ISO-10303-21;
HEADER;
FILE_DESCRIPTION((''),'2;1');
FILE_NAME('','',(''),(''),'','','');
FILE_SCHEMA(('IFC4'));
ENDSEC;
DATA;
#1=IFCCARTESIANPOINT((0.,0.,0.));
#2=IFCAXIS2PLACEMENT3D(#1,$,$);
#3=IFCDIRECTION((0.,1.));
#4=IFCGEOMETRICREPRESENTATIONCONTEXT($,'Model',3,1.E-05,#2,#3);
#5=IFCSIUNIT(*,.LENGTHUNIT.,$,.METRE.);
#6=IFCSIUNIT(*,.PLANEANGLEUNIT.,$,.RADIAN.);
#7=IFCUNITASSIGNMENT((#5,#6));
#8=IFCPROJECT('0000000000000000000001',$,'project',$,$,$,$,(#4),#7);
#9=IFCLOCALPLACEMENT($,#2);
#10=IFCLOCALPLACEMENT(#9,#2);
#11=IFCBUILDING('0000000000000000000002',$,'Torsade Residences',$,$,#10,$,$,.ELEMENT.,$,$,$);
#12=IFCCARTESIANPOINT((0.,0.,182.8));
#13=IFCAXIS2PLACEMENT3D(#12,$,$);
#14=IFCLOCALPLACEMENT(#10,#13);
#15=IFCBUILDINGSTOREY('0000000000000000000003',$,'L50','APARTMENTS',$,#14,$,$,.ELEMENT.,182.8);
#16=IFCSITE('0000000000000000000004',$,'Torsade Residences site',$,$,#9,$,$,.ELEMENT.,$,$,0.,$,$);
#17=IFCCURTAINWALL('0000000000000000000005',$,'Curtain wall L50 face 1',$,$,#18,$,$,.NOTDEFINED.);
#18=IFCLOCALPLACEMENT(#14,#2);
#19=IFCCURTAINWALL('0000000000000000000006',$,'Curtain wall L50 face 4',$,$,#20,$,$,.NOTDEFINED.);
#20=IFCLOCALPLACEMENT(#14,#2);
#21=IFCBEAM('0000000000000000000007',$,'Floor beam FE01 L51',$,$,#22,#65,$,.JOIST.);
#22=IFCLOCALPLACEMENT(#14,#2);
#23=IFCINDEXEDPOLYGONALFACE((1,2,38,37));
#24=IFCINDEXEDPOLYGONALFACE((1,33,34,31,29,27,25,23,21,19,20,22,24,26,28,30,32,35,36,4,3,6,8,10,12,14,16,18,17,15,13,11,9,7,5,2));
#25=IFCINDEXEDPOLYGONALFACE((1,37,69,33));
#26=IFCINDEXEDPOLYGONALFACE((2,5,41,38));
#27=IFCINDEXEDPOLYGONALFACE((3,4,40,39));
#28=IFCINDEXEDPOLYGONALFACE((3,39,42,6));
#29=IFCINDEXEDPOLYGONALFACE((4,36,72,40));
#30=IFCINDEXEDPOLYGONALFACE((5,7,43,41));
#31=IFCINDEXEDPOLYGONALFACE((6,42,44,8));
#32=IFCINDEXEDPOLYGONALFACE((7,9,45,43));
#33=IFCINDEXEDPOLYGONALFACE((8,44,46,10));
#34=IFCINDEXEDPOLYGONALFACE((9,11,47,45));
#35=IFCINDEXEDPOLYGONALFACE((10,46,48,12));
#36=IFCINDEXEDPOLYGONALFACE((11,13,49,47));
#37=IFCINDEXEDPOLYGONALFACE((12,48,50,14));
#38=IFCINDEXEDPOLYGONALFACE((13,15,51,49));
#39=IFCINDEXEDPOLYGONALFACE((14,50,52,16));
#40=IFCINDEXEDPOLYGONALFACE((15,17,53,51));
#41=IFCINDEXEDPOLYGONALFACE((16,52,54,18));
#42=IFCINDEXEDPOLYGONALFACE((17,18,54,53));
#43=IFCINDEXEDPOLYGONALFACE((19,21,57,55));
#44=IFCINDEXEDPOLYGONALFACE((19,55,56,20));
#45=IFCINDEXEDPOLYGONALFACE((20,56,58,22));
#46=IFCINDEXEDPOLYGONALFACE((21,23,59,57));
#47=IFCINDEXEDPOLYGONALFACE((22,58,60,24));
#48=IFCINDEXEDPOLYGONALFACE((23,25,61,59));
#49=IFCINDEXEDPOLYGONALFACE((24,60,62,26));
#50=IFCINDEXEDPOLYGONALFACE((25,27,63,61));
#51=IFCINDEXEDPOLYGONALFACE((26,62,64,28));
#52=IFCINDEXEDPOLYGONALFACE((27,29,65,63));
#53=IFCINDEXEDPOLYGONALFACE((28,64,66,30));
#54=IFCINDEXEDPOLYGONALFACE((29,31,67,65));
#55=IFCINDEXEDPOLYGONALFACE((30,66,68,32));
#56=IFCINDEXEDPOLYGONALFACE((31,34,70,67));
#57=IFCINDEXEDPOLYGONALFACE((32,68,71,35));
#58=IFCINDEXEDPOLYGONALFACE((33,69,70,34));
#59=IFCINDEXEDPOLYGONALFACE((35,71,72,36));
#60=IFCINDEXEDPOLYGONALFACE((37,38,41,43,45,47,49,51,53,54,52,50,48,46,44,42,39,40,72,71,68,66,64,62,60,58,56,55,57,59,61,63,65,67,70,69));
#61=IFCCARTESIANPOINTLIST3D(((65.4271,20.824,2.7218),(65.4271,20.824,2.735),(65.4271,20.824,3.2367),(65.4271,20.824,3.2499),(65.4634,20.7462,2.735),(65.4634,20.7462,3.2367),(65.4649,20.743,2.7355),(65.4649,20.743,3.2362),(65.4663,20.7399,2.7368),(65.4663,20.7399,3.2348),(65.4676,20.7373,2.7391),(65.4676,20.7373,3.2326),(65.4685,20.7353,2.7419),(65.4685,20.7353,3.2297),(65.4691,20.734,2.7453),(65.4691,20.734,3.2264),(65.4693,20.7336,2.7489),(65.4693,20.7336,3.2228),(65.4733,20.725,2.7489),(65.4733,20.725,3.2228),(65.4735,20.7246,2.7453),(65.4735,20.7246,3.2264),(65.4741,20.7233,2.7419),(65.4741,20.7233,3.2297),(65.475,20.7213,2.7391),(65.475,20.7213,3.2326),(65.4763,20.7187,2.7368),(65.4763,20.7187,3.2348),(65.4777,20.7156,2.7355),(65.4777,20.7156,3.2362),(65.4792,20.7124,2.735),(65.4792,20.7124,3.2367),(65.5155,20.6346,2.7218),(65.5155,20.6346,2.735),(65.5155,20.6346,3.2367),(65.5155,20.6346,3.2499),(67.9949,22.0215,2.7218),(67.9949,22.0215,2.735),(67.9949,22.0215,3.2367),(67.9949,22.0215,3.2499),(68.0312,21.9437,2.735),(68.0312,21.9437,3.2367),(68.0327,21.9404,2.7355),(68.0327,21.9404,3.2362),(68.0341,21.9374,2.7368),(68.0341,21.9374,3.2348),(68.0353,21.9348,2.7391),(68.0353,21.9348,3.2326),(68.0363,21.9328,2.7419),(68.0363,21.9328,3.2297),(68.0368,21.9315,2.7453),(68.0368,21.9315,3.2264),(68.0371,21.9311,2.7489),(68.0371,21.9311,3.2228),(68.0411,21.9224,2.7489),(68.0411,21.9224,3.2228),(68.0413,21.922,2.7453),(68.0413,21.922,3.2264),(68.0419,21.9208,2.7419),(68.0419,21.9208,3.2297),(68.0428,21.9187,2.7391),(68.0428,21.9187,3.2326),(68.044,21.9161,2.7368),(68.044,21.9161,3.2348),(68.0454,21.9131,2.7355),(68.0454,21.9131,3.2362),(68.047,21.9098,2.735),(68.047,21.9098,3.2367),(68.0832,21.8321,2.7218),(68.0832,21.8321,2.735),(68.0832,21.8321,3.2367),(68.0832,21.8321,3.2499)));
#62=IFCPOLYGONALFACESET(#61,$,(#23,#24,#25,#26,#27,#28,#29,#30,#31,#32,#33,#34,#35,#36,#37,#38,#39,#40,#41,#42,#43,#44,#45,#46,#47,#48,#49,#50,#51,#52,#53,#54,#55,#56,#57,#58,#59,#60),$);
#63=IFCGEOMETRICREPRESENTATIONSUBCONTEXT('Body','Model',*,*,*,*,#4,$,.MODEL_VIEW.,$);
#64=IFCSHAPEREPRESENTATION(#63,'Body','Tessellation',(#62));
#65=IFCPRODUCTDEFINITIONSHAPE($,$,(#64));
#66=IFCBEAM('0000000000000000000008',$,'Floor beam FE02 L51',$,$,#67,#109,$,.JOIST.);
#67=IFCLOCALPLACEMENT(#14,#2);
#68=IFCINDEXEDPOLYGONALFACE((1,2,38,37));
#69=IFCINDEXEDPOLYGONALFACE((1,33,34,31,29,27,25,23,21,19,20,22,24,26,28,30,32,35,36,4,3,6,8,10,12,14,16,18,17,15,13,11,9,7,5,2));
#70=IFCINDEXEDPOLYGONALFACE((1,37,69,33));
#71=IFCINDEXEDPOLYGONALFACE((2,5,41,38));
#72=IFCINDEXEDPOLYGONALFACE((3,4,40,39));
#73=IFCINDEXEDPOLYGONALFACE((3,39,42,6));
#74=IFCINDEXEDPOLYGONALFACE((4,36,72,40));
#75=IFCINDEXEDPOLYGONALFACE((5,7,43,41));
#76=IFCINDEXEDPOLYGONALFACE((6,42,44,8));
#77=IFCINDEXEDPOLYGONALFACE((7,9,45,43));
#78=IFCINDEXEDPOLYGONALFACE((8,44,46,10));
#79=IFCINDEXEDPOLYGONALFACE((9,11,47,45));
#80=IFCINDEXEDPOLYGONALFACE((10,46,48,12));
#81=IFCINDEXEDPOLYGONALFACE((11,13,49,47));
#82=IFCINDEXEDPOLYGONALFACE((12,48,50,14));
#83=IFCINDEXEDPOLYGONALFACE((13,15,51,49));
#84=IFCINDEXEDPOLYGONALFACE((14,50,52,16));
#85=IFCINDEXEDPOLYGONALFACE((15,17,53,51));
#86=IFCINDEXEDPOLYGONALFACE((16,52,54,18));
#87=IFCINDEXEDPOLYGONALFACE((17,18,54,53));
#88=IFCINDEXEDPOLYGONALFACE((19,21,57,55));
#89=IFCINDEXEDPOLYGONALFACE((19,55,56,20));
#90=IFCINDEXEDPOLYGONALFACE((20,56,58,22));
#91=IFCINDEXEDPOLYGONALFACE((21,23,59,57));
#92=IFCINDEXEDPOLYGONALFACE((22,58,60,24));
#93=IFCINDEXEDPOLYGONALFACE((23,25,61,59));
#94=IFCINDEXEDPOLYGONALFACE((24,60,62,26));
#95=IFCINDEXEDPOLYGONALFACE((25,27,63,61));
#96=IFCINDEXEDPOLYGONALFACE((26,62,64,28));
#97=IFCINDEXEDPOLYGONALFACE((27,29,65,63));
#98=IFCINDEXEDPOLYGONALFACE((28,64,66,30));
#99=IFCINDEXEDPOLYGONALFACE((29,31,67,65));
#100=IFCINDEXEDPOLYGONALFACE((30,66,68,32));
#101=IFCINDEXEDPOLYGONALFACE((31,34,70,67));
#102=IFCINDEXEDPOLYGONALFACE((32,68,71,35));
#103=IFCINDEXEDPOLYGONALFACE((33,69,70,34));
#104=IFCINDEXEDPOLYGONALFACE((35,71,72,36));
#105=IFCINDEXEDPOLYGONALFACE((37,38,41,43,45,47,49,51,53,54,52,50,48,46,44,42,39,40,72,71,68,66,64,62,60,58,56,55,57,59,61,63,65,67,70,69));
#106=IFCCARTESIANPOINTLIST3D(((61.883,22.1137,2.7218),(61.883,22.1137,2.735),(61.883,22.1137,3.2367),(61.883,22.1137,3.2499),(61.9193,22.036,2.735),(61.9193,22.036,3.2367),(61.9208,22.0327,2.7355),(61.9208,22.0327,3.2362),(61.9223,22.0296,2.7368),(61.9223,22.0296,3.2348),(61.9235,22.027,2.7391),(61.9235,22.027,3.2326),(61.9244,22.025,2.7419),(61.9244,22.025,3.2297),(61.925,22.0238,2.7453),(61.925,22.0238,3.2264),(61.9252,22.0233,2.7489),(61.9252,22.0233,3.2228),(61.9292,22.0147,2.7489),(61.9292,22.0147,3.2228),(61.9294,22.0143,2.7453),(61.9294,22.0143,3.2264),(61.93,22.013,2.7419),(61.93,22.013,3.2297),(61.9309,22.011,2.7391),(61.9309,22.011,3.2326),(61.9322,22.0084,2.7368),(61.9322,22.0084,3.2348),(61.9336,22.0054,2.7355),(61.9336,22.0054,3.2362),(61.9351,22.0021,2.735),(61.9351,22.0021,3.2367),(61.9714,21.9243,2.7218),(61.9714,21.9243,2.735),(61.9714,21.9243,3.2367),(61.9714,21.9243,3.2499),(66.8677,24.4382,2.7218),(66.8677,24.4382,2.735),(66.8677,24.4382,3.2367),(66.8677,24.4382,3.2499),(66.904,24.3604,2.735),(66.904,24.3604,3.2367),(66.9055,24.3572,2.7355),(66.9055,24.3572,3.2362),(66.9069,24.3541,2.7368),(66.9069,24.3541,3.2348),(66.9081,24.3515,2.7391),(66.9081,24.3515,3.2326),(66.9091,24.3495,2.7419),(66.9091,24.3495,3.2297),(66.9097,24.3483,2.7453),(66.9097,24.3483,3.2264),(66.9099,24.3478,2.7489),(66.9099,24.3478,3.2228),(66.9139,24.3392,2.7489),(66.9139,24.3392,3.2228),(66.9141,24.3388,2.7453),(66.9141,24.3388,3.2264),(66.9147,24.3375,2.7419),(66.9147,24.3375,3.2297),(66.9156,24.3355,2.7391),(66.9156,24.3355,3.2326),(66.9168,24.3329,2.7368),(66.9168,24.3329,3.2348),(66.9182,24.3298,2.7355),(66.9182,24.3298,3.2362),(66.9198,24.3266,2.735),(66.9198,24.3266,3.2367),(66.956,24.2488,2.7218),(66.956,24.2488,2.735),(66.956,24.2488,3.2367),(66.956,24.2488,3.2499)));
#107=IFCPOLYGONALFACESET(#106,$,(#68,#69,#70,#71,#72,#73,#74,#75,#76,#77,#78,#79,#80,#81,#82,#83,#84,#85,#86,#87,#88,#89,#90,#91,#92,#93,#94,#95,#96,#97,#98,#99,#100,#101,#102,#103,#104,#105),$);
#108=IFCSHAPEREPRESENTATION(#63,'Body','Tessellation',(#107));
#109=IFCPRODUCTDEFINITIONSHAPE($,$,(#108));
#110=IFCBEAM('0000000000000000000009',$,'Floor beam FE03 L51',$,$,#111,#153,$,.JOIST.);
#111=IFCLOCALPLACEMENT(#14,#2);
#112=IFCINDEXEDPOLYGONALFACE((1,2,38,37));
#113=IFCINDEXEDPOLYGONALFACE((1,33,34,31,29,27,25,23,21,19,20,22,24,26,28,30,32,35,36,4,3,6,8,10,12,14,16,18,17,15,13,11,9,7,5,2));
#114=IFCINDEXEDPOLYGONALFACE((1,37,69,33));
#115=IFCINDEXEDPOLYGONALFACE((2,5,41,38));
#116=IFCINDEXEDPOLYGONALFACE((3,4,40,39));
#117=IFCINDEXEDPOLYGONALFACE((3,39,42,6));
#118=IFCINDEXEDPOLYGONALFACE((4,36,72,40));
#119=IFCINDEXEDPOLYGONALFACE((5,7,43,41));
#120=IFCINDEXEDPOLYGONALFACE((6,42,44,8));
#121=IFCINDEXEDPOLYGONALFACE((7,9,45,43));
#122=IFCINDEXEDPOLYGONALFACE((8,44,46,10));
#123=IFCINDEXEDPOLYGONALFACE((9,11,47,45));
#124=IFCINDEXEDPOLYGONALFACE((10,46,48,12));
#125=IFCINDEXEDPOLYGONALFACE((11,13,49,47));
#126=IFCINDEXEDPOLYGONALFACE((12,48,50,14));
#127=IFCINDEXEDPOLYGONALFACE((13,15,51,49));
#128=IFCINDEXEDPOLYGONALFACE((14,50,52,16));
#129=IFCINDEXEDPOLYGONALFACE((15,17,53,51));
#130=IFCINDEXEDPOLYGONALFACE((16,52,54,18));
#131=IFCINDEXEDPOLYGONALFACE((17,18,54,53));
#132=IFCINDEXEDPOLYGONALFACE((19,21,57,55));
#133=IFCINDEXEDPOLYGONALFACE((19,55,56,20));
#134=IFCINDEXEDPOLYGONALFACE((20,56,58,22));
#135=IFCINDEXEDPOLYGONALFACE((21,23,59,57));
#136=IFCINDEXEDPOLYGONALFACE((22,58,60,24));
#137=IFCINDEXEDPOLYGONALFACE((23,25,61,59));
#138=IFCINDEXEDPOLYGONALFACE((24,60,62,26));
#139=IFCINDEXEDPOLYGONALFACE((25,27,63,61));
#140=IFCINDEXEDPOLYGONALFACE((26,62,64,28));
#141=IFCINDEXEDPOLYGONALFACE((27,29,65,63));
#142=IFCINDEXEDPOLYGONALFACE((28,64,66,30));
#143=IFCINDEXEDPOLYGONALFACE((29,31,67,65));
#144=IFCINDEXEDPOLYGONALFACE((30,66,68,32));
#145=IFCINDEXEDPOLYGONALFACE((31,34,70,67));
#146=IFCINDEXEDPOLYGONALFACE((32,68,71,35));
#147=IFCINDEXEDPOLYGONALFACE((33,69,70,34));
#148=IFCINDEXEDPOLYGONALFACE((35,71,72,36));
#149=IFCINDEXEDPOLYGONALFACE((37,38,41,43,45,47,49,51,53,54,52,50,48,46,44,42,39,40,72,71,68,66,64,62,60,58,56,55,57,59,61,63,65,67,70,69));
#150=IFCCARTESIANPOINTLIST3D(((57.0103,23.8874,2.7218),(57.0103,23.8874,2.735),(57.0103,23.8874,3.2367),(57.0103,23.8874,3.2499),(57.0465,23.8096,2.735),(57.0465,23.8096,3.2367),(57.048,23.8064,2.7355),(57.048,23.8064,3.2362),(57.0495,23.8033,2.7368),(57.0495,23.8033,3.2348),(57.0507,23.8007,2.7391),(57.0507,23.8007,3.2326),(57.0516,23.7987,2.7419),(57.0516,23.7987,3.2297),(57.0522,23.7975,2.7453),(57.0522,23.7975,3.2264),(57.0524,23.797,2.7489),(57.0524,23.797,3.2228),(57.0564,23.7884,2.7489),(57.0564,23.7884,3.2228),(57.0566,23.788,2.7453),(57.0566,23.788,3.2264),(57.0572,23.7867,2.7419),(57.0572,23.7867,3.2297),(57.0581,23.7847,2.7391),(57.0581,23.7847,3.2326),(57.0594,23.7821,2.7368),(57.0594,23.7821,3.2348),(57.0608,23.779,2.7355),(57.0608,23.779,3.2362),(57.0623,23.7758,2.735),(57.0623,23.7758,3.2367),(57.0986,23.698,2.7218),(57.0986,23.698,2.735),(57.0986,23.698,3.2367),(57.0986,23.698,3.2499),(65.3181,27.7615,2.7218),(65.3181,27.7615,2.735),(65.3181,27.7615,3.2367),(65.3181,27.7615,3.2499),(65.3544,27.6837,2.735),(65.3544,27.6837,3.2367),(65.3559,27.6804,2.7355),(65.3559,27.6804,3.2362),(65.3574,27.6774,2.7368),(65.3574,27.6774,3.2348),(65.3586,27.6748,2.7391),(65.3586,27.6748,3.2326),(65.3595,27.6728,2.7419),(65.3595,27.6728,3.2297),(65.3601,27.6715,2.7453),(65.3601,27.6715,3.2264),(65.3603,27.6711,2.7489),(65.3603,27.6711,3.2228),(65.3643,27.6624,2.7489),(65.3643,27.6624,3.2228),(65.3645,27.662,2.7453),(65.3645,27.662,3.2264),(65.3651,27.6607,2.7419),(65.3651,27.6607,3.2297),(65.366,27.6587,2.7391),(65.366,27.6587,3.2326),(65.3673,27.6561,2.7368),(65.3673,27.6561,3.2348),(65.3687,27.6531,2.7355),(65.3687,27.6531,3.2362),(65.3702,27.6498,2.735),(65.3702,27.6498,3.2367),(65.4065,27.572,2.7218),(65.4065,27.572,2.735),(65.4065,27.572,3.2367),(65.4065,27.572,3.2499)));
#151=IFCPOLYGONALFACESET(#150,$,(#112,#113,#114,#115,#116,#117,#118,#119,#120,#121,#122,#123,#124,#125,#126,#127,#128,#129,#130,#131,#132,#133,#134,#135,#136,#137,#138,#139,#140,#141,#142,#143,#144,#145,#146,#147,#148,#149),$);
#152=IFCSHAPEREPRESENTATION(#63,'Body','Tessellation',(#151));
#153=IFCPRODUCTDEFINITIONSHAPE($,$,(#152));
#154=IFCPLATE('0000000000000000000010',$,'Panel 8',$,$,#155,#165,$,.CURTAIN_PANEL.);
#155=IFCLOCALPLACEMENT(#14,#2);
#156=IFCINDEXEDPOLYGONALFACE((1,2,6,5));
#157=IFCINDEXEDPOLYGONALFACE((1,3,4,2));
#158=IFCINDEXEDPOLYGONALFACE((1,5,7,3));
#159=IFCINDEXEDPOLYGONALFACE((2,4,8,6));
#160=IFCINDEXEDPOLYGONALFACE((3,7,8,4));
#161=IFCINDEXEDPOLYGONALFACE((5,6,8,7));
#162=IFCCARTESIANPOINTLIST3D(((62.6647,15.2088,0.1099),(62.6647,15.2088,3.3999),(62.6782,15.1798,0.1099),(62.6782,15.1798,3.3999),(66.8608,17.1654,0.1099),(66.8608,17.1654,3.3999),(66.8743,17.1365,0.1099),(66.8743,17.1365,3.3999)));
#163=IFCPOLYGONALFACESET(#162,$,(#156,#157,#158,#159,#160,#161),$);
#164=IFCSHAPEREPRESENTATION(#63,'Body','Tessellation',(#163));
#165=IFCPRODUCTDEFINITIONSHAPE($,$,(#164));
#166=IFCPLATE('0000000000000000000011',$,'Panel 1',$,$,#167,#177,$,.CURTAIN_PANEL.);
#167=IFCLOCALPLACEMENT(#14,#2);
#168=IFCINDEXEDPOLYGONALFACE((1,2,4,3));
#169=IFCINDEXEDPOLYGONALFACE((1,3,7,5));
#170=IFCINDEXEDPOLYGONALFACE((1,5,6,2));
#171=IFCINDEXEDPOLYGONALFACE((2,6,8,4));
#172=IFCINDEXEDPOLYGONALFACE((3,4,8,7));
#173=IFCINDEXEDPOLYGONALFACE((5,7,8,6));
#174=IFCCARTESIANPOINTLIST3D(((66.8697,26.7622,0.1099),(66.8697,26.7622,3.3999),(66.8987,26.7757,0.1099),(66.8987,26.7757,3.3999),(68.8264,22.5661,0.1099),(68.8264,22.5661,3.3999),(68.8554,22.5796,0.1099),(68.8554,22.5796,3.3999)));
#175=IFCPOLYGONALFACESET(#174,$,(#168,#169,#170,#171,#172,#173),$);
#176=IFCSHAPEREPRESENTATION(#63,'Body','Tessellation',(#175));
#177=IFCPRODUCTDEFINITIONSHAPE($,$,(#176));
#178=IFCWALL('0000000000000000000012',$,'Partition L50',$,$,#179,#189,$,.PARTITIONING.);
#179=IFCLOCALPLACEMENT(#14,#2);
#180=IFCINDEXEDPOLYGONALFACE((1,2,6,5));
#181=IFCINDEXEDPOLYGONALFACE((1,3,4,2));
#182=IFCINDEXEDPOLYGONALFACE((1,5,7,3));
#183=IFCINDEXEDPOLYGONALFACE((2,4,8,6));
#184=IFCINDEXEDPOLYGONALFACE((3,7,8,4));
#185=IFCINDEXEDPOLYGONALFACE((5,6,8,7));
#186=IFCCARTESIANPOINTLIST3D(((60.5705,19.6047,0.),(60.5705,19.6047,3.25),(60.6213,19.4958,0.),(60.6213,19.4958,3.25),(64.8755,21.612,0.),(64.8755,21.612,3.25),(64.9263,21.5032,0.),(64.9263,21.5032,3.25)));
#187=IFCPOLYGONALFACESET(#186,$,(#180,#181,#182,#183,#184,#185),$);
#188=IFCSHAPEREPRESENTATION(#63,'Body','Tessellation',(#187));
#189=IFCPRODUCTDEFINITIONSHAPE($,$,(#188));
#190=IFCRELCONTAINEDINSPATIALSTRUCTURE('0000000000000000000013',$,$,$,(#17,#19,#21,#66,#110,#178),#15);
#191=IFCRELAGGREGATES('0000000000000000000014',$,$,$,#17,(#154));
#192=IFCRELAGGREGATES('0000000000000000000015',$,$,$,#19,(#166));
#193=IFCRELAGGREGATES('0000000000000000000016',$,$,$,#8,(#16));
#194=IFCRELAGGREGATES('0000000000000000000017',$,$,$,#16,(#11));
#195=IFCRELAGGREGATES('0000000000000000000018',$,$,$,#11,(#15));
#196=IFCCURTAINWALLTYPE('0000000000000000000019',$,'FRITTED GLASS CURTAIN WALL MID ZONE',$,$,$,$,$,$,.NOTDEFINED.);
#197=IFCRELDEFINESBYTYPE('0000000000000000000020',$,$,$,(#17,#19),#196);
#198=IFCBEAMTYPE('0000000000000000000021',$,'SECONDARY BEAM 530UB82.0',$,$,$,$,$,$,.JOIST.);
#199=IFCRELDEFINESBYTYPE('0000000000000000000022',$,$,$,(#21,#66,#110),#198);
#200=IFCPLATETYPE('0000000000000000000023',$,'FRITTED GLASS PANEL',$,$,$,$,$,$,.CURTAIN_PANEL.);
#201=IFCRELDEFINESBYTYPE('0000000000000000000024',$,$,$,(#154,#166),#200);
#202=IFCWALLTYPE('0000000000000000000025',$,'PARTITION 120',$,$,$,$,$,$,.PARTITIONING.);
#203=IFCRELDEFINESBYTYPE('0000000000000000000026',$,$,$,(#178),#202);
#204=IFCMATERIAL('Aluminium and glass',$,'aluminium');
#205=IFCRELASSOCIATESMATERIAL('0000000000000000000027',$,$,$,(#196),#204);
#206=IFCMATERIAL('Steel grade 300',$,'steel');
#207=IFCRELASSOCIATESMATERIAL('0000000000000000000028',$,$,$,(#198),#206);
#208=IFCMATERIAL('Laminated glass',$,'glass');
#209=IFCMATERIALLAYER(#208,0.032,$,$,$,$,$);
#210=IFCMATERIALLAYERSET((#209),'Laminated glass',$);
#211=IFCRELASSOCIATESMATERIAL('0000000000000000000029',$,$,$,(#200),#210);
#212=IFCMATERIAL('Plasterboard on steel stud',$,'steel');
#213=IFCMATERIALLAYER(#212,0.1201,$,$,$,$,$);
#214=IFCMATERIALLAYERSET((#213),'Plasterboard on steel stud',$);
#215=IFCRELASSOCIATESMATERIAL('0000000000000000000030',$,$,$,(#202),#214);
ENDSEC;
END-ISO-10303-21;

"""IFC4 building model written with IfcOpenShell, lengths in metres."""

from ifc_helpers import new_model, si_unit, direction, frame, frame_2d, origin, origin_2d, place, context, subcontext, project, spatial, rectangle, i_section, extrude, material, layer, layer_set, material_profile, profile_set, type_object, element, aggregate, save


model = new_model("IFC4")

# Units and contexts
model_context = context("Model", 3, precision=1e-05, world=origin(), true_north=direction((0.0, 1.0)))
body_context = subcontext(model_context, "Body", "Model", "MODEL_VIEW")
ifc_project = project(units=[si_unit("LENGTHUNIT", "METRE"), si_unit("PLANEANGLEUNIT", "RADIAN")], contexts=[model_context])

# Site, building, storey
site_placement = place(None, origin())
site = spatial("IfcSite", under=ifc_project, at=site_placement, Name="Torsade Residences site", CompositionType="ELEMENT", RefElevation=0.0)
building_placement = place(site_placement, origin())
building = spatial("IfcBuilding", under=site, at=building_placement, Name="Torsade Residences", CompositionType="ELEMENT")
storey_placement = place(building_placement, frame((0.0, 0.0, 182.8)))
storey = spatial("IfcBuildingStorey", under=building, at=storey_placement, Name="L50", Description="APARTMENTS", CompositionType="ELEMENT", Elevation=182.8)

# Curtain walls
ifc_material_1 = material(Name="Aluminium and glass", Category="aluminium")
curtain_wall_type = type_object("IfcCurtainWallType", Name="FRITTED GLASS CURTAIN WALL MID ZONE", PredefinedType="NOTDEFINED", material=ifc_material_1)
curtain_wall_1_placement = place(storey_placement, origin())
curtain_wall_1 = element("IfcCurtainWall", 1, at=curtain_wall_1_placement, inside=storey, type_object=curtain_wall_type, Name="Curtain wall L50 face 1", PredefinedType="NOTDEFINED")
curtain_wall_2_placement = place(storey_placement, origin())
curtain_wall_2 = element("IfcCurtainWall", 2, at=curtain_wall_2_placement, inside=storey, type_object=curtain_wall_type, Name="Curtain wall L50 face 4", PredefinedType="NOTDEFINED")

# Beams
ifc_material_2 = material(Name="Steel grade 300", Category="steel")
ifc_material_profile_1 = material_profile(ifc_material_2, i_section(OverallWidth=0.209, OverallDepth=0.5281, WebThickness=0.0095, FlangeThickness=0.0132, FilletRadius=0.0139, at=origin_2d()), Name="530UB82.0")
ifc_profile_set_1 = profile_set([ifc_material_profile_1], Name="Steel grade 300")
beam_type_1 = type_object("IfcBeamType", Name="SECONDARY BEAM 530UB82.0", PredefinedType="JOIST", material=ifc_profile_set_1)
for number, where, z_axis, x_axis, name in (
    (3, (68.0391, 21.9268, 2.9858), (-0.906295, -0.422645, 0.0), (0.422645, -0.906295, 0.0), "Floor beam FE01 L51"),
):
    element("IfcBeam", number, at=place(storey_placement, frame(where, z_axis=z_axis, x_axis=x_axis)), inside=storey, type_object=beam_type_1, Name=name, PredefinedType="JOIST", context=body_context, shape_type="SweptSolid", body=[
        extrude(i_section(OverallWidth=0.209, OverallDepth=0.5281, WebThickness=0.0095, FlangeThickness=0.0132, FilletRadius=0.0139, at=origin_2d()), origin(), (0.0, 0.0, 1.0), 2.8333),
    ])
beam_1_placement = place(storey_placement, frame((66.9119, 24.3435, 2.9858), z_axis=(-0.906301, -0.422633, 0.0), x_axis=(0.422633, -0.906301, 0.0)))
element("IfcBeam", 4, at=beam_1_placement, inside=storey, type_object=beam_type_1, Name="Floor beam FE02 L51", PredefinedType="JOIST", context=body_context, shape_type="SweptSolid", body=[
    extrude(i_section(OverallWidth=0.209, OverallDepth=0.5281, WebThickness=0.0095, FlangeThickness=0.0132, FilletRadius=0.0139, at=origin_2d()), origin(), (0.0, 0.0, 1.0), 5.5),
])
beam_2_placement = place(storey_placement, frame((65.3623, 27.6667, 2.9858), z_axis=(-0.906308, -0.422619, 0.0), x_axis=(0.422619, -0.906308, 0.0)))
element("IfcBeam", 5, at=beam_2_placement, inside=storey, type_object=beam_type_1, Name="Floor beam FE03 L51", PredefinedType="JOIST", context=body_context, shape_type="SweptSolid", body=[
    extrude(i_section(OverallWidth=0.209, OverallDepth=0.5281, WebThickness=0.0095, FlangeThickness=0.0132, FilletRadius=0.0139, at=origin_2d()), origin(), (0.0, 0.0, 1.0), 9.1667),
])

# Plates
ifc_material_3 = material(Name="Laminated glass", Category="glass")
ifc_layer_1 = layer(ifc_material_3, 0.032)
ifc_layer_set_1 = layer_set([ifc_layer_1], Name="Laminated glass")
plate_type = type_object("IfcPlateType", Name="FRITTED GLASS PANEL", PredefinedType="CURTAIN_PANEL", material=ifc_layer_set_1)
plate_1_placement = place(storey_placement, frame((64.7695, 16.1726, 0.1099), z_axis=(0.0, 0.0, 1.0), x_axis=(0.906308, 0.422618, 0.0)))
plate_1 = element("IfcPlate", 6, at=plate_1_placement, type_object=plate_type, Name="Panel 8", PredefinedType="CURTAIN_PANEL", context=body_context, shape_type="SweptSolid", body=[
    extrude(rectangle(XDim=4.6299, YDim=0.032, at=origin_2d()), origin(), (0.0, 0.0, 1.0), 3.29),
])
aggregate(curtain_wall_1, [plate_1])
plate_2_placement = place(storey_placement, frame((67.8625, 24.6709, 0.1099), z_axis=(0.0, 0.0, 1.0), x_axis=(-0.422618, 0.906308, 0.0)))
plate_2 = element("IfcPlate", 7, at=plate_2_placement, type_object=plate_type, Name="Panel 1", PredefinedType="CURTAIN_PANEL", context=body_context, shape_type="SweptSolid", body=[
    extrude(rectangle(XDim=4.6299, YDim=0.032, at=origin_2d()), origin(), (0.0, 0.0, 1.0), 3.29),
])
aggregate(curtain_wall_2, [plate_2])

# Wall
ifc_material_4 = material(Name="Plasterboard on steel stud", Category="steel")
ifc_layer_2 = layer(ifc_material_4, 0.1201)
ifc_layer_set_2 = layer_set([ifc_layer_2], Name="Plasterboard on steel stud")
wall_type_1 = type_object("IfcWallType", Name="PARTITION 120", PredefinedType="PARTITIONING", material=ifc_layer_set_2)
wall_1_placement = place(storey_placement, frame((64.9009, 21.5576, 0.0), z_axis=(0.0, 0.0, 1.0), x_axis=(-0.906316, -0.422601, 0.0)))
element("IfcWall", 8, at=wall_1_placement, inside=storey, type_object=wall_type_1, Name="Partition L50", PredefinedType="PARTITIONING", context=body_context, shape_type="SweptSolid", body=[
    extrude(rectangle(XDim=4.75, YDim=0.1201, at=frame_2d((2.375, 0.0))), origin(), (0.0, 0.0, 1.0), 3.25),
])

save(model, "model.ifc")
